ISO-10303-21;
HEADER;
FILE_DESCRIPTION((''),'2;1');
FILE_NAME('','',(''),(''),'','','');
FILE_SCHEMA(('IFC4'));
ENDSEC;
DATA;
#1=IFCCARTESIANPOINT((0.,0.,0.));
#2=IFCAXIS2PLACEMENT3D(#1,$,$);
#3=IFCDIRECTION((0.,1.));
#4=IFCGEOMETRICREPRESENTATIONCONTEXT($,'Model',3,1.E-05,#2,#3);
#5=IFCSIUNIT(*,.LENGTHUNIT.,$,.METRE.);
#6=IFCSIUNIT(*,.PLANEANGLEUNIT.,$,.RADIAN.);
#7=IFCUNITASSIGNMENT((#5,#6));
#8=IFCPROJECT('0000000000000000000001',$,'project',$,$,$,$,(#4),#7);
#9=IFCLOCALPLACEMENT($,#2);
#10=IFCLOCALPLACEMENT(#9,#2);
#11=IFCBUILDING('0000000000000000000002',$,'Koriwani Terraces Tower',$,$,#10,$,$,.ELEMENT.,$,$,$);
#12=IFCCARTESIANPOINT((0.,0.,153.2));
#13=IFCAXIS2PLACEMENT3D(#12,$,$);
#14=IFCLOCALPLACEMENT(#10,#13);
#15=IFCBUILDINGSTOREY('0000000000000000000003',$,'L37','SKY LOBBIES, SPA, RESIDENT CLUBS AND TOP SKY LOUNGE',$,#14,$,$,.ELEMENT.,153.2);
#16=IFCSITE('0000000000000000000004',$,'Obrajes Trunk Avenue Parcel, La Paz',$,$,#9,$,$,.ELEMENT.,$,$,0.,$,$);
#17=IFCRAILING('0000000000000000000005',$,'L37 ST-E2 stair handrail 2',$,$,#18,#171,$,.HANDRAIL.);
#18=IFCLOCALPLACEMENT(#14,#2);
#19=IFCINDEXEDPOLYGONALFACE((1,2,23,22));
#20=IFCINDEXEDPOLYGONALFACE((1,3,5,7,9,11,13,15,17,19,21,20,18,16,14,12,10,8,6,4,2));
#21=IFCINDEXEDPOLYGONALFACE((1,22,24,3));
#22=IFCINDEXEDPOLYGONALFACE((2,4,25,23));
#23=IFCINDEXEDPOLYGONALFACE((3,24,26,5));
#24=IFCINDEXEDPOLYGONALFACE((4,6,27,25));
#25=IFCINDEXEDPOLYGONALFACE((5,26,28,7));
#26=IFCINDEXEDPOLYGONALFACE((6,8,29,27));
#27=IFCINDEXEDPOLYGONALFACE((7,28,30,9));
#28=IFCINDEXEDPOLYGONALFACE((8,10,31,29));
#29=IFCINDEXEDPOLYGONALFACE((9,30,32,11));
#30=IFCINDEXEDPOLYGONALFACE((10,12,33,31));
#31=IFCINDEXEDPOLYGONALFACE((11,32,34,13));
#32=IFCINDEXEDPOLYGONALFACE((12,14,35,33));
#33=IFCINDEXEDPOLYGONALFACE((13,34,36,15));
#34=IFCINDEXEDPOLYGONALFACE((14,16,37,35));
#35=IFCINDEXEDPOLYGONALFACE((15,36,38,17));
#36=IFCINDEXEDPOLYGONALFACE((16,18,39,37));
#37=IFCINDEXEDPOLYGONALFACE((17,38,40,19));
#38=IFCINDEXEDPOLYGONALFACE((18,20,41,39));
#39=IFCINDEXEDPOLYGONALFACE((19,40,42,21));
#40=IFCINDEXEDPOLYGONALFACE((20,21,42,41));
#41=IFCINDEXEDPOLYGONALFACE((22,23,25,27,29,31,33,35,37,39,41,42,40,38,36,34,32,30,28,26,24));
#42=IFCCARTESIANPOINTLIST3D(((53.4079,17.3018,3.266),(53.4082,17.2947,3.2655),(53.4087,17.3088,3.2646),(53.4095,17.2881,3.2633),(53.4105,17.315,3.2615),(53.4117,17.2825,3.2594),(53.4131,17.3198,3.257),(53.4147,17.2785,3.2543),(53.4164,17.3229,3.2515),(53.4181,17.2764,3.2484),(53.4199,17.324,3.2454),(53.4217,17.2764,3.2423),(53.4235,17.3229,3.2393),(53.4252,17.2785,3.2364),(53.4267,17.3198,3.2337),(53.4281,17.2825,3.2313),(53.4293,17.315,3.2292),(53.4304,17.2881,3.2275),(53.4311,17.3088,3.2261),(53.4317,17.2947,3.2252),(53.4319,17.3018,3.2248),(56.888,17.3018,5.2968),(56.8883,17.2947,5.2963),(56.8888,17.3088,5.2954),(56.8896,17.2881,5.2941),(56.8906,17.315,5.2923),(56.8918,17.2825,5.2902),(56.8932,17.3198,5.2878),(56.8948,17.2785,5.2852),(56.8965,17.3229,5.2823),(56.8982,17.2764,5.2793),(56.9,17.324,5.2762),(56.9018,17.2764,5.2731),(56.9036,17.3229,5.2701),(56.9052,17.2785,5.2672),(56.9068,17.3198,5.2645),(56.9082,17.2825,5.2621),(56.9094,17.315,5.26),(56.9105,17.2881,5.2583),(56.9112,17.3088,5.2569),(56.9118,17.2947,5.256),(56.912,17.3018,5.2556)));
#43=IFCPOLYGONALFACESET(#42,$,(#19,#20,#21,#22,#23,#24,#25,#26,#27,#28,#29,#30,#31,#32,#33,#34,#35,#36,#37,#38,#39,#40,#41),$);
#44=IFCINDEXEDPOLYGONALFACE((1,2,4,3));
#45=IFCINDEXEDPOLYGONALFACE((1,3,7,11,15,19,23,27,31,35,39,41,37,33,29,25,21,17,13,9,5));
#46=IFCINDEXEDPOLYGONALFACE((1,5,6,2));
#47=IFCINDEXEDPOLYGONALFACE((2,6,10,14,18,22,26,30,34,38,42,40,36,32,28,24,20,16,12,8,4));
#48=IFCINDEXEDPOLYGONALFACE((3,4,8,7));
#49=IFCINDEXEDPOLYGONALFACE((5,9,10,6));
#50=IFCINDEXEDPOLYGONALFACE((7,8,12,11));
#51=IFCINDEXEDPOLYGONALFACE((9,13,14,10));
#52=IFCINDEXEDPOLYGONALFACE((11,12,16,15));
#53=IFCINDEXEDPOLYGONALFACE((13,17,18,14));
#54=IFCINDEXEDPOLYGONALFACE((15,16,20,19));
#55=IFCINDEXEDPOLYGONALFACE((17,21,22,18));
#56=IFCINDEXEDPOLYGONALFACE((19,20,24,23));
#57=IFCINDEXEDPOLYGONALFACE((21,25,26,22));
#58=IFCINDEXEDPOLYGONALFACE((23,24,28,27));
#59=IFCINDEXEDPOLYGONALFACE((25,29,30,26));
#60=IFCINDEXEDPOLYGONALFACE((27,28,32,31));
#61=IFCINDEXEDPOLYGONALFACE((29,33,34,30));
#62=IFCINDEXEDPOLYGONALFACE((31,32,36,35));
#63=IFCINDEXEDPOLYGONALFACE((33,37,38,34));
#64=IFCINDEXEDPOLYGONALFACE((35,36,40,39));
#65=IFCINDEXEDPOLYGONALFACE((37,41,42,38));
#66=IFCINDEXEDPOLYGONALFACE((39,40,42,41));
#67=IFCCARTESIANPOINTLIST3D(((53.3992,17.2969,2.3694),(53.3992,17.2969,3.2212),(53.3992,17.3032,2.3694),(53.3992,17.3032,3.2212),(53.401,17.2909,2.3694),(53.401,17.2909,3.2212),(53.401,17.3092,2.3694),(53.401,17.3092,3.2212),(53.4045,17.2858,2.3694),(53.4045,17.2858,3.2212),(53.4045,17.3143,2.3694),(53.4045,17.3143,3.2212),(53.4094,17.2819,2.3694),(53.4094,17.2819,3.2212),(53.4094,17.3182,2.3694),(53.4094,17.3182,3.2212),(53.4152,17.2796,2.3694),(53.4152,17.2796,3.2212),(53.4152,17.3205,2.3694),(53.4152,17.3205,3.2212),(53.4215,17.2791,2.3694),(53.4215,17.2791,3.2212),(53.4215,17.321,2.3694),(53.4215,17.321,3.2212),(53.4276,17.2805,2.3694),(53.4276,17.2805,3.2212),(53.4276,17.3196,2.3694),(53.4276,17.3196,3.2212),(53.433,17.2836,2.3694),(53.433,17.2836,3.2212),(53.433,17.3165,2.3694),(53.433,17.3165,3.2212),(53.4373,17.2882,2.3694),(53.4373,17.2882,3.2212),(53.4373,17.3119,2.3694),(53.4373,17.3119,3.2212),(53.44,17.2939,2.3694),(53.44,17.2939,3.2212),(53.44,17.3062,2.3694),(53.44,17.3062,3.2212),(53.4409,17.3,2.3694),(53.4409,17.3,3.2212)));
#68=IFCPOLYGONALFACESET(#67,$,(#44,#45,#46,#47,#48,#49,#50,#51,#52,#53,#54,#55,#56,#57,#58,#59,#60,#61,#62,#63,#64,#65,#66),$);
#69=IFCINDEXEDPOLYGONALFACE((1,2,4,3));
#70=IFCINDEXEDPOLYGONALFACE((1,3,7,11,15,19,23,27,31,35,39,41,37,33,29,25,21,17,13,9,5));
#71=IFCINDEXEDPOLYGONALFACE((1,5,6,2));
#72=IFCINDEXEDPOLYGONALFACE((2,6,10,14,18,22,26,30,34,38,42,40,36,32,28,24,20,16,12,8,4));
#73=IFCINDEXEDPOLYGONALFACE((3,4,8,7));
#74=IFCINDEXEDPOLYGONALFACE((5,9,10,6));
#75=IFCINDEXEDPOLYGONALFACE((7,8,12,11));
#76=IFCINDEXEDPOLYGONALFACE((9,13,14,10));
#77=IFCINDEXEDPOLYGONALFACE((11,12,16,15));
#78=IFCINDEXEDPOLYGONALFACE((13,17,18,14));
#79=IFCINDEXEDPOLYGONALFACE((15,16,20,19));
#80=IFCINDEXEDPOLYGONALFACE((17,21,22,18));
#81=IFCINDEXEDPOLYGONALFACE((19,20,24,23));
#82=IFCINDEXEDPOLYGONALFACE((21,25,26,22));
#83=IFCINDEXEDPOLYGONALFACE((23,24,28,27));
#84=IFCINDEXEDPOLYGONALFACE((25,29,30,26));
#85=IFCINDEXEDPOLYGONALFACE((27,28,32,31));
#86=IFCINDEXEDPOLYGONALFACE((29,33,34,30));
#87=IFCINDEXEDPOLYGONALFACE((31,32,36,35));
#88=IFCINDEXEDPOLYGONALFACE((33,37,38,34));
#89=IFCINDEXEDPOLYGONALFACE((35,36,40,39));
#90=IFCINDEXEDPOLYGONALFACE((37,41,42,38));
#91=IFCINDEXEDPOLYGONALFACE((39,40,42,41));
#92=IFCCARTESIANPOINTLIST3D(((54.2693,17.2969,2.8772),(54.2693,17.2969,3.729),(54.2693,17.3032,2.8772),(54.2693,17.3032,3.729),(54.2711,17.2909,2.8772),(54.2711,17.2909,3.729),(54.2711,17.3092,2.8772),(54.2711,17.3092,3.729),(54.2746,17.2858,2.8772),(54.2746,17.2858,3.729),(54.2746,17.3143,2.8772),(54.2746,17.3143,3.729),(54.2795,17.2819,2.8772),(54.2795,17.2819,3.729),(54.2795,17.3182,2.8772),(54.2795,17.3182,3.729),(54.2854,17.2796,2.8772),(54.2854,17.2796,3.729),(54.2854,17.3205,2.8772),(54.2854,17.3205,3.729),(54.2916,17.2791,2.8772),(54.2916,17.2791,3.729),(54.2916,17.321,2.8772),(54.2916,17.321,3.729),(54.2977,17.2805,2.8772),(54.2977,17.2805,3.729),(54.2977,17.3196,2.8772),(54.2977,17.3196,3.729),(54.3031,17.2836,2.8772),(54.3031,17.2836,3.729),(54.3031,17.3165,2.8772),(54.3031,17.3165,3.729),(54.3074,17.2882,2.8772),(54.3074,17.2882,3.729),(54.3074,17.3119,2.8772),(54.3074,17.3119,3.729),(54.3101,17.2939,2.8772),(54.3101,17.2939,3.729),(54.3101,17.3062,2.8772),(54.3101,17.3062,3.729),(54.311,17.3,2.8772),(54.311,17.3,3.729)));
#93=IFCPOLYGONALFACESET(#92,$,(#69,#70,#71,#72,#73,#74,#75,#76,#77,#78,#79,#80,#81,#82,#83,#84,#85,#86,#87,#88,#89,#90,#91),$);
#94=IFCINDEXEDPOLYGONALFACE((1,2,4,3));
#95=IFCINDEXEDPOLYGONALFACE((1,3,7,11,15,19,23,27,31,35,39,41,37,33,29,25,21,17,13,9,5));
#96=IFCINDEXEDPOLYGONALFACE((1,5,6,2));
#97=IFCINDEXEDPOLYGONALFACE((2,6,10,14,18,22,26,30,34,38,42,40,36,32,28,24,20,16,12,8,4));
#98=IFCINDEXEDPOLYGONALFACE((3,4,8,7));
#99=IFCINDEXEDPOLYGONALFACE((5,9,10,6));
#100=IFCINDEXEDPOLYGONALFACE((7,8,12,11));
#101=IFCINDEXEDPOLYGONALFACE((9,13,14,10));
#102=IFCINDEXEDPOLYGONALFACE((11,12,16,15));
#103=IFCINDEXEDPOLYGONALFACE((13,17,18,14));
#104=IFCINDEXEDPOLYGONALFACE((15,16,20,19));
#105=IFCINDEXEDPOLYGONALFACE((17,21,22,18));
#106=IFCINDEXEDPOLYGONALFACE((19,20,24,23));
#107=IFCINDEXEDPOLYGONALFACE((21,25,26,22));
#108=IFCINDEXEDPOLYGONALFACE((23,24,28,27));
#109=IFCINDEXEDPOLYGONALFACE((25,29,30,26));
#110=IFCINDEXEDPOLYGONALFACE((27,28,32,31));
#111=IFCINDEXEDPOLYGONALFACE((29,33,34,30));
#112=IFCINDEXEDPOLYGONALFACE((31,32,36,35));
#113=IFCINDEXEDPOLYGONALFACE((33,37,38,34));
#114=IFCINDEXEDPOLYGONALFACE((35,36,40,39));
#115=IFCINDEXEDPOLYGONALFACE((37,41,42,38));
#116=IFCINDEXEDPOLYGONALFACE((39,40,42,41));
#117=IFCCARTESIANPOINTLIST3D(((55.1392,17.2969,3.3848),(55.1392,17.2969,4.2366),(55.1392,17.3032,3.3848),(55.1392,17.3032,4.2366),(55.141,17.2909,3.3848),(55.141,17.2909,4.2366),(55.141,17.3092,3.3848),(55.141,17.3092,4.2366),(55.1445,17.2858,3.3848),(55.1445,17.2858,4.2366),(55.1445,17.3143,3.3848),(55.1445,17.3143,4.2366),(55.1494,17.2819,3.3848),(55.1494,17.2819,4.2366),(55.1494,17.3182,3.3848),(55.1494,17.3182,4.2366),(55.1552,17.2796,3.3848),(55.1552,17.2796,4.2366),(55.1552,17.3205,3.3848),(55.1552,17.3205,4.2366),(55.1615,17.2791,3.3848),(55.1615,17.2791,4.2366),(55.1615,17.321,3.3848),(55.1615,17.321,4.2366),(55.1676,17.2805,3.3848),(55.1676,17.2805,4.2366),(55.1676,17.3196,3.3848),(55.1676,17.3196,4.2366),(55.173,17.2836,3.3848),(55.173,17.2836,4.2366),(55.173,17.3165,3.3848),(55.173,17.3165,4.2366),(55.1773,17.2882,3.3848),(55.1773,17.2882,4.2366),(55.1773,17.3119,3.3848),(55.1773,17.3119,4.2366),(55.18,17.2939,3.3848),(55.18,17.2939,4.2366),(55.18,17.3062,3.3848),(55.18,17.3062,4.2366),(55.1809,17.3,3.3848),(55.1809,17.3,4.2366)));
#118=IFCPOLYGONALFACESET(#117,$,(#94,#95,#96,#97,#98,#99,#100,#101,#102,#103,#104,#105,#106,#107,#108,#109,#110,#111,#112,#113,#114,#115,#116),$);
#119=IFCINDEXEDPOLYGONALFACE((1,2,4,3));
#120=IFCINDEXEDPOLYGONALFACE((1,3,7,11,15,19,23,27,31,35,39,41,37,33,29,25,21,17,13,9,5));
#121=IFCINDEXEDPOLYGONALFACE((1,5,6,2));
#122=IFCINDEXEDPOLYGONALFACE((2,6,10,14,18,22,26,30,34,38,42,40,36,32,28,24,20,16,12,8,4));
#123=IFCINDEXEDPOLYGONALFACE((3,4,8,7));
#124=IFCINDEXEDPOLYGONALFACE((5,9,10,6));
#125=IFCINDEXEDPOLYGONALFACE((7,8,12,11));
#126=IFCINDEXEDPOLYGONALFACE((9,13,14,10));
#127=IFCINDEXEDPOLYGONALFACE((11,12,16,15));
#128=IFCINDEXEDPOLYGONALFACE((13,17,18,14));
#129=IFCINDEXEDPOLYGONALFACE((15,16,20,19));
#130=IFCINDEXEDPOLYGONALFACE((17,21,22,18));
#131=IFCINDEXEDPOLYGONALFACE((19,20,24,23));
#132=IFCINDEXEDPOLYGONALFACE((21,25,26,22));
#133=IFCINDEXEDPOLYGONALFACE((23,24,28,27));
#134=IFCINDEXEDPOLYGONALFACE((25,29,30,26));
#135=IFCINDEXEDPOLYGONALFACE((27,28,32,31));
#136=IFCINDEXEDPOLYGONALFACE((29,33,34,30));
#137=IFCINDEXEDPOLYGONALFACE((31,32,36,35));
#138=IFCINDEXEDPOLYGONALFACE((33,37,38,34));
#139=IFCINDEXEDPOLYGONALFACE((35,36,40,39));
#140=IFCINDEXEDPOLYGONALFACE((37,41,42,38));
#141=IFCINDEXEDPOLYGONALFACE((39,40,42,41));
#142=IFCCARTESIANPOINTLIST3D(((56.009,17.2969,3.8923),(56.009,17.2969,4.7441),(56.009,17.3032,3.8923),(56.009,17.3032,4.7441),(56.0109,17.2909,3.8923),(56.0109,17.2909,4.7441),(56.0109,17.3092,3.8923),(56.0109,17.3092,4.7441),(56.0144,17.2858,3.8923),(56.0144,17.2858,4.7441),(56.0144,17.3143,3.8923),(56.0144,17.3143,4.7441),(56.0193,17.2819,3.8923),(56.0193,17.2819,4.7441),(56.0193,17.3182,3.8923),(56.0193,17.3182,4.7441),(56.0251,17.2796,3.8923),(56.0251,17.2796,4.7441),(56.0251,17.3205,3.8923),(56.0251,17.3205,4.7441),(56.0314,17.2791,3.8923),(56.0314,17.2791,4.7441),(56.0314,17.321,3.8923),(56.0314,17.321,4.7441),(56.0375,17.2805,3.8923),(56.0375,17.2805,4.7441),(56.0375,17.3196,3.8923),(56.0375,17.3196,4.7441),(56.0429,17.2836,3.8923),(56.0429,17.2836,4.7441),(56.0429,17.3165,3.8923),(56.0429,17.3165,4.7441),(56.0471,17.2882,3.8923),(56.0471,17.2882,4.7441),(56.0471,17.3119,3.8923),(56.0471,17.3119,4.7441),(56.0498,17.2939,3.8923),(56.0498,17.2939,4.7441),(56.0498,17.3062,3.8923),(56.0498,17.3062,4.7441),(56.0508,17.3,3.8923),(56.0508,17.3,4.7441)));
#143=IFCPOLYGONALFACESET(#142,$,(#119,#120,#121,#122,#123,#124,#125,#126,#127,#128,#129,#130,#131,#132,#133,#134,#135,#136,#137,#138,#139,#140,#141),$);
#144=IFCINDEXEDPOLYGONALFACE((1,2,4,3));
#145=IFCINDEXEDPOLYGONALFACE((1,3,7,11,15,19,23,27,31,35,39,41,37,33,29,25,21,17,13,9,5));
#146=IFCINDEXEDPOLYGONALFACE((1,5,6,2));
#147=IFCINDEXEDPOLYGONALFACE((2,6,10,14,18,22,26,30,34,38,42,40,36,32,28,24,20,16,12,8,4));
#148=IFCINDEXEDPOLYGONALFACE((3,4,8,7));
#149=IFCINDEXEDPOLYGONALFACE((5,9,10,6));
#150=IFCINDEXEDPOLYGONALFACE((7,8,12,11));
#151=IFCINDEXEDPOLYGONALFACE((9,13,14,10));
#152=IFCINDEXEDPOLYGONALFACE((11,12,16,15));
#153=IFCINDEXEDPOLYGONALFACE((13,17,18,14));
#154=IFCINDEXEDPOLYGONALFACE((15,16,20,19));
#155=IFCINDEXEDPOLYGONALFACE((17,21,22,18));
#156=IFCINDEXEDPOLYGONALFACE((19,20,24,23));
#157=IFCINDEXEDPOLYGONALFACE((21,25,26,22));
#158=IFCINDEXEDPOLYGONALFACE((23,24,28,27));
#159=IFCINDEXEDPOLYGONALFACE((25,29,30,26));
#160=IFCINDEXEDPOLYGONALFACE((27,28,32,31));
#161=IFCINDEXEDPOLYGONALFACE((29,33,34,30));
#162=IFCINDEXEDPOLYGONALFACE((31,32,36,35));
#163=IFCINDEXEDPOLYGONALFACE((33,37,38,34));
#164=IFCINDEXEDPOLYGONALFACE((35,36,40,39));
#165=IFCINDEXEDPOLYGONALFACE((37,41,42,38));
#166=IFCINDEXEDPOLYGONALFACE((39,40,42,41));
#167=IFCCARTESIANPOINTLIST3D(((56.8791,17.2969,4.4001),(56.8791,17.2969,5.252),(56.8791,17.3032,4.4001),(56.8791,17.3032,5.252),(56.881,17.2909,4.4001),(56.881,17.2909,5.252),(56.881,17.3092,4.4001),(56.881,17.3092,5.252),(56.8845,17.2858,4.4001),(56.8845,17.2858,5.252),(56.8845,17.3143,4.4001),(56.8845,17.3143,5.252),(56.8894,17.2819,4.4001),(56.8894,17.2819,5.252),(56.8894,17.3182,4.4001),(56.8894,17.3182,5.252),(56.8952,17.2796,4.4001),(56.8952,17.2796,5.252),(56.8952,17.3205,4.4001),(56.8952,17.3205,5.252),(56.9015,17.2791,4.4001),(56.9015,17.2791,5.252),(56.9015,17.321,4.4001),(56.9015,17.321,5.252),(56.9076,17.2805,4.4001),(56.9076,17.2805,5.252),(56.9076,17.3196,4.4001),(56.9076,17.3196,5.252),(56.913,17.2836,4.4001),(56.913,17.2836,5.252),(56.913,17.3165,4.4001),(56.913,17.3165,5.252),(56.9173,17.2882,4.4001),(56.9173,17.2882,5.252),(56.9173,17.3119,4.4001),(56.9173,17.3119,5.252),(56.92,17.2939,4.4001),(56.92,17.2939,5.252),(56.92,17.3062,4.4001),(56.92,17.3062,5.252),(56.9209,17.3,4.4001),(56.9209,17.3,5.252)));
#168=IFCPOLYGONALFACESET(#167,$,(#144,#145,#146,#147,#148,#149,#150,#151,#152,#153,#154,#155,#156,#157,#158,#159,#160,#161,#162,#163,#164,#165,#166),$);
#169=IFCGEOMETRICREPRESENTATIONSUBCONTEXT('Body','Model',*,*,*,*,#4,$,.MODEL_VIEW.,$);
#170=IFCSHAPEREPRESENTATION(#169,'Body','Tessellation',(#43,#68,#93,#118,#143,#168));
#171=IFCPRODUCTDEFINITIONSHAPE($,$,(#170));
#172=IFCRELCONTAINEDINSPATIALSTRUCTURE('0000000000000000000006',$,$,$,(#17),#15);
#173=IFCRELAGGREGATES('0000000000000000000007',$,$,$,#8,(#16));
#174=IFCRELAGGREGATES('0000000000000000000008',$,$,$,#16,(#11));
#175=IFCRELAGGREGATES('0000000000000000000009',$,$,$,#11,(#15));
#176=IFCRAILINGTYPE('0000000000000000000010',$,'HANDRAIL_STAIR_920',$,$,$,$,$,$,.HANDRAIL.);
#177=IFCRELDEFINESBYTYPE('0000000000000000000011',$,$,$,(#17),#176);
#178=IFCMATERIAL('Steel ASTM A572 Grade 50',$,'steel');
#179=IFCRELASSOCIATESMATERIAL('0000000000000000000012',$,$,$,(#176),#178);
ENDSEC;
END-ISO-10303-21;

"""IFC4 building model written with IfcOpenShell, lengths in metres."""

from ifc_helpers import new_model, si_unit, direction, frame, origin, origin_2d, place, context, subcontext, project, spatial, circle, extrude, material, type_object, element, save


model = new_model("IFC4")

# Units and contexts
model_context = context("Model", 3, precision=1e-05, world=origin(), true_north=direction((0.0, 1.0)))
body_context = subcontext(model_context, "Body", "Model", "MODEL_VIEW")
ifc_project = project(units=[si_unit("LENGTHUNIT", "METRE"), si_unit("PLANEANGLEUNIT", "RADIAN")], contexts=[model_context])

# Site, building, storey
site_placement = place(None, origin())
site = spatial("IfcSite", under=ifc_project, at=site_placement, Name="Obrajes Trunk Avenue Parcel, La Paz", CompositionType="ELEMENT", RefElevation=0.0)
building_placement = place(site_placement, origin())
building = spatial("IfcBuilding", under=site, at=building_placement, Name="Koriwani Terraces Tower", CompositionType="ELEMENT")
storey_placement = place(building_placement, frame((0.0, 0.0, 153.2)))
storey = spatial("IfcBuildingStorey", under=building, at=storey_placement, Name="L37", Description="SKY LOBBIES, SPA, RESIDENT CLUBS AND TOP SKY LOUNGE", CompositionType="ELEMENT", Elevation=153.2)

# Shared definitions
ifc_material_1 = material(Name="Steel ASTM A572 Grade 50", Category="steel")

# Railing
railing_type_1 = type_object("IfcRailingType", Name="HANDRAIL_STAIR_920", PredefinedType="HANDRAIL", material=ifc_material_1)
railing_1_placement = place(storey_placement, frame((53.4199, 17.3, 2.3694)))
element("IfcRailing", 1, at=railing_1_placement, inside=storey, type_object=railing_type_1, Name="L37 ST-E2 stair handrail 2", PredefinedType="HANDRAIL", context=body_context, shape_type="SweptSolid", body=[
    extrude(circle(Radius=0.0239, at=origin_2d()), frame((0.0, 0.0, 0.876), z_axis=(0.863695, 0.0, 0.504014), x_axis=(0.0, 1.0, 0.0)), (0.0, 0.0, 1.0), 4.0293),
    extrude(circle(Radius=0.021, at=origin_2d()), origin(), (0.0, 0.0, 1.0), 0.8518),
    extrude(circle(Radius=0.021, at=origin_2d()), frame((0.8701, 0.0, 0.5078)), (0.0, 0.0, 1.0), 0.8518),
    extrude(circle(Radius=0.021, at=origin_2d()), frame((1.74, 0.0, 1.0154)), (0.0, 0.0, 1.0), 0.8518),
    extrude(circle(Radius=0.021, at=origin_2d()), frame((2.6099, 0.0, 1.5229)), (0.0, 0.0, 1.0), 0.8518),
    extrude(circle(Radius=0.021, at=origin_2d()), frame((3.48, 0.0, 2.0308)), (0.0, 0.0, 1.0), 0.8518),
])

save(model, "model.ifc")
